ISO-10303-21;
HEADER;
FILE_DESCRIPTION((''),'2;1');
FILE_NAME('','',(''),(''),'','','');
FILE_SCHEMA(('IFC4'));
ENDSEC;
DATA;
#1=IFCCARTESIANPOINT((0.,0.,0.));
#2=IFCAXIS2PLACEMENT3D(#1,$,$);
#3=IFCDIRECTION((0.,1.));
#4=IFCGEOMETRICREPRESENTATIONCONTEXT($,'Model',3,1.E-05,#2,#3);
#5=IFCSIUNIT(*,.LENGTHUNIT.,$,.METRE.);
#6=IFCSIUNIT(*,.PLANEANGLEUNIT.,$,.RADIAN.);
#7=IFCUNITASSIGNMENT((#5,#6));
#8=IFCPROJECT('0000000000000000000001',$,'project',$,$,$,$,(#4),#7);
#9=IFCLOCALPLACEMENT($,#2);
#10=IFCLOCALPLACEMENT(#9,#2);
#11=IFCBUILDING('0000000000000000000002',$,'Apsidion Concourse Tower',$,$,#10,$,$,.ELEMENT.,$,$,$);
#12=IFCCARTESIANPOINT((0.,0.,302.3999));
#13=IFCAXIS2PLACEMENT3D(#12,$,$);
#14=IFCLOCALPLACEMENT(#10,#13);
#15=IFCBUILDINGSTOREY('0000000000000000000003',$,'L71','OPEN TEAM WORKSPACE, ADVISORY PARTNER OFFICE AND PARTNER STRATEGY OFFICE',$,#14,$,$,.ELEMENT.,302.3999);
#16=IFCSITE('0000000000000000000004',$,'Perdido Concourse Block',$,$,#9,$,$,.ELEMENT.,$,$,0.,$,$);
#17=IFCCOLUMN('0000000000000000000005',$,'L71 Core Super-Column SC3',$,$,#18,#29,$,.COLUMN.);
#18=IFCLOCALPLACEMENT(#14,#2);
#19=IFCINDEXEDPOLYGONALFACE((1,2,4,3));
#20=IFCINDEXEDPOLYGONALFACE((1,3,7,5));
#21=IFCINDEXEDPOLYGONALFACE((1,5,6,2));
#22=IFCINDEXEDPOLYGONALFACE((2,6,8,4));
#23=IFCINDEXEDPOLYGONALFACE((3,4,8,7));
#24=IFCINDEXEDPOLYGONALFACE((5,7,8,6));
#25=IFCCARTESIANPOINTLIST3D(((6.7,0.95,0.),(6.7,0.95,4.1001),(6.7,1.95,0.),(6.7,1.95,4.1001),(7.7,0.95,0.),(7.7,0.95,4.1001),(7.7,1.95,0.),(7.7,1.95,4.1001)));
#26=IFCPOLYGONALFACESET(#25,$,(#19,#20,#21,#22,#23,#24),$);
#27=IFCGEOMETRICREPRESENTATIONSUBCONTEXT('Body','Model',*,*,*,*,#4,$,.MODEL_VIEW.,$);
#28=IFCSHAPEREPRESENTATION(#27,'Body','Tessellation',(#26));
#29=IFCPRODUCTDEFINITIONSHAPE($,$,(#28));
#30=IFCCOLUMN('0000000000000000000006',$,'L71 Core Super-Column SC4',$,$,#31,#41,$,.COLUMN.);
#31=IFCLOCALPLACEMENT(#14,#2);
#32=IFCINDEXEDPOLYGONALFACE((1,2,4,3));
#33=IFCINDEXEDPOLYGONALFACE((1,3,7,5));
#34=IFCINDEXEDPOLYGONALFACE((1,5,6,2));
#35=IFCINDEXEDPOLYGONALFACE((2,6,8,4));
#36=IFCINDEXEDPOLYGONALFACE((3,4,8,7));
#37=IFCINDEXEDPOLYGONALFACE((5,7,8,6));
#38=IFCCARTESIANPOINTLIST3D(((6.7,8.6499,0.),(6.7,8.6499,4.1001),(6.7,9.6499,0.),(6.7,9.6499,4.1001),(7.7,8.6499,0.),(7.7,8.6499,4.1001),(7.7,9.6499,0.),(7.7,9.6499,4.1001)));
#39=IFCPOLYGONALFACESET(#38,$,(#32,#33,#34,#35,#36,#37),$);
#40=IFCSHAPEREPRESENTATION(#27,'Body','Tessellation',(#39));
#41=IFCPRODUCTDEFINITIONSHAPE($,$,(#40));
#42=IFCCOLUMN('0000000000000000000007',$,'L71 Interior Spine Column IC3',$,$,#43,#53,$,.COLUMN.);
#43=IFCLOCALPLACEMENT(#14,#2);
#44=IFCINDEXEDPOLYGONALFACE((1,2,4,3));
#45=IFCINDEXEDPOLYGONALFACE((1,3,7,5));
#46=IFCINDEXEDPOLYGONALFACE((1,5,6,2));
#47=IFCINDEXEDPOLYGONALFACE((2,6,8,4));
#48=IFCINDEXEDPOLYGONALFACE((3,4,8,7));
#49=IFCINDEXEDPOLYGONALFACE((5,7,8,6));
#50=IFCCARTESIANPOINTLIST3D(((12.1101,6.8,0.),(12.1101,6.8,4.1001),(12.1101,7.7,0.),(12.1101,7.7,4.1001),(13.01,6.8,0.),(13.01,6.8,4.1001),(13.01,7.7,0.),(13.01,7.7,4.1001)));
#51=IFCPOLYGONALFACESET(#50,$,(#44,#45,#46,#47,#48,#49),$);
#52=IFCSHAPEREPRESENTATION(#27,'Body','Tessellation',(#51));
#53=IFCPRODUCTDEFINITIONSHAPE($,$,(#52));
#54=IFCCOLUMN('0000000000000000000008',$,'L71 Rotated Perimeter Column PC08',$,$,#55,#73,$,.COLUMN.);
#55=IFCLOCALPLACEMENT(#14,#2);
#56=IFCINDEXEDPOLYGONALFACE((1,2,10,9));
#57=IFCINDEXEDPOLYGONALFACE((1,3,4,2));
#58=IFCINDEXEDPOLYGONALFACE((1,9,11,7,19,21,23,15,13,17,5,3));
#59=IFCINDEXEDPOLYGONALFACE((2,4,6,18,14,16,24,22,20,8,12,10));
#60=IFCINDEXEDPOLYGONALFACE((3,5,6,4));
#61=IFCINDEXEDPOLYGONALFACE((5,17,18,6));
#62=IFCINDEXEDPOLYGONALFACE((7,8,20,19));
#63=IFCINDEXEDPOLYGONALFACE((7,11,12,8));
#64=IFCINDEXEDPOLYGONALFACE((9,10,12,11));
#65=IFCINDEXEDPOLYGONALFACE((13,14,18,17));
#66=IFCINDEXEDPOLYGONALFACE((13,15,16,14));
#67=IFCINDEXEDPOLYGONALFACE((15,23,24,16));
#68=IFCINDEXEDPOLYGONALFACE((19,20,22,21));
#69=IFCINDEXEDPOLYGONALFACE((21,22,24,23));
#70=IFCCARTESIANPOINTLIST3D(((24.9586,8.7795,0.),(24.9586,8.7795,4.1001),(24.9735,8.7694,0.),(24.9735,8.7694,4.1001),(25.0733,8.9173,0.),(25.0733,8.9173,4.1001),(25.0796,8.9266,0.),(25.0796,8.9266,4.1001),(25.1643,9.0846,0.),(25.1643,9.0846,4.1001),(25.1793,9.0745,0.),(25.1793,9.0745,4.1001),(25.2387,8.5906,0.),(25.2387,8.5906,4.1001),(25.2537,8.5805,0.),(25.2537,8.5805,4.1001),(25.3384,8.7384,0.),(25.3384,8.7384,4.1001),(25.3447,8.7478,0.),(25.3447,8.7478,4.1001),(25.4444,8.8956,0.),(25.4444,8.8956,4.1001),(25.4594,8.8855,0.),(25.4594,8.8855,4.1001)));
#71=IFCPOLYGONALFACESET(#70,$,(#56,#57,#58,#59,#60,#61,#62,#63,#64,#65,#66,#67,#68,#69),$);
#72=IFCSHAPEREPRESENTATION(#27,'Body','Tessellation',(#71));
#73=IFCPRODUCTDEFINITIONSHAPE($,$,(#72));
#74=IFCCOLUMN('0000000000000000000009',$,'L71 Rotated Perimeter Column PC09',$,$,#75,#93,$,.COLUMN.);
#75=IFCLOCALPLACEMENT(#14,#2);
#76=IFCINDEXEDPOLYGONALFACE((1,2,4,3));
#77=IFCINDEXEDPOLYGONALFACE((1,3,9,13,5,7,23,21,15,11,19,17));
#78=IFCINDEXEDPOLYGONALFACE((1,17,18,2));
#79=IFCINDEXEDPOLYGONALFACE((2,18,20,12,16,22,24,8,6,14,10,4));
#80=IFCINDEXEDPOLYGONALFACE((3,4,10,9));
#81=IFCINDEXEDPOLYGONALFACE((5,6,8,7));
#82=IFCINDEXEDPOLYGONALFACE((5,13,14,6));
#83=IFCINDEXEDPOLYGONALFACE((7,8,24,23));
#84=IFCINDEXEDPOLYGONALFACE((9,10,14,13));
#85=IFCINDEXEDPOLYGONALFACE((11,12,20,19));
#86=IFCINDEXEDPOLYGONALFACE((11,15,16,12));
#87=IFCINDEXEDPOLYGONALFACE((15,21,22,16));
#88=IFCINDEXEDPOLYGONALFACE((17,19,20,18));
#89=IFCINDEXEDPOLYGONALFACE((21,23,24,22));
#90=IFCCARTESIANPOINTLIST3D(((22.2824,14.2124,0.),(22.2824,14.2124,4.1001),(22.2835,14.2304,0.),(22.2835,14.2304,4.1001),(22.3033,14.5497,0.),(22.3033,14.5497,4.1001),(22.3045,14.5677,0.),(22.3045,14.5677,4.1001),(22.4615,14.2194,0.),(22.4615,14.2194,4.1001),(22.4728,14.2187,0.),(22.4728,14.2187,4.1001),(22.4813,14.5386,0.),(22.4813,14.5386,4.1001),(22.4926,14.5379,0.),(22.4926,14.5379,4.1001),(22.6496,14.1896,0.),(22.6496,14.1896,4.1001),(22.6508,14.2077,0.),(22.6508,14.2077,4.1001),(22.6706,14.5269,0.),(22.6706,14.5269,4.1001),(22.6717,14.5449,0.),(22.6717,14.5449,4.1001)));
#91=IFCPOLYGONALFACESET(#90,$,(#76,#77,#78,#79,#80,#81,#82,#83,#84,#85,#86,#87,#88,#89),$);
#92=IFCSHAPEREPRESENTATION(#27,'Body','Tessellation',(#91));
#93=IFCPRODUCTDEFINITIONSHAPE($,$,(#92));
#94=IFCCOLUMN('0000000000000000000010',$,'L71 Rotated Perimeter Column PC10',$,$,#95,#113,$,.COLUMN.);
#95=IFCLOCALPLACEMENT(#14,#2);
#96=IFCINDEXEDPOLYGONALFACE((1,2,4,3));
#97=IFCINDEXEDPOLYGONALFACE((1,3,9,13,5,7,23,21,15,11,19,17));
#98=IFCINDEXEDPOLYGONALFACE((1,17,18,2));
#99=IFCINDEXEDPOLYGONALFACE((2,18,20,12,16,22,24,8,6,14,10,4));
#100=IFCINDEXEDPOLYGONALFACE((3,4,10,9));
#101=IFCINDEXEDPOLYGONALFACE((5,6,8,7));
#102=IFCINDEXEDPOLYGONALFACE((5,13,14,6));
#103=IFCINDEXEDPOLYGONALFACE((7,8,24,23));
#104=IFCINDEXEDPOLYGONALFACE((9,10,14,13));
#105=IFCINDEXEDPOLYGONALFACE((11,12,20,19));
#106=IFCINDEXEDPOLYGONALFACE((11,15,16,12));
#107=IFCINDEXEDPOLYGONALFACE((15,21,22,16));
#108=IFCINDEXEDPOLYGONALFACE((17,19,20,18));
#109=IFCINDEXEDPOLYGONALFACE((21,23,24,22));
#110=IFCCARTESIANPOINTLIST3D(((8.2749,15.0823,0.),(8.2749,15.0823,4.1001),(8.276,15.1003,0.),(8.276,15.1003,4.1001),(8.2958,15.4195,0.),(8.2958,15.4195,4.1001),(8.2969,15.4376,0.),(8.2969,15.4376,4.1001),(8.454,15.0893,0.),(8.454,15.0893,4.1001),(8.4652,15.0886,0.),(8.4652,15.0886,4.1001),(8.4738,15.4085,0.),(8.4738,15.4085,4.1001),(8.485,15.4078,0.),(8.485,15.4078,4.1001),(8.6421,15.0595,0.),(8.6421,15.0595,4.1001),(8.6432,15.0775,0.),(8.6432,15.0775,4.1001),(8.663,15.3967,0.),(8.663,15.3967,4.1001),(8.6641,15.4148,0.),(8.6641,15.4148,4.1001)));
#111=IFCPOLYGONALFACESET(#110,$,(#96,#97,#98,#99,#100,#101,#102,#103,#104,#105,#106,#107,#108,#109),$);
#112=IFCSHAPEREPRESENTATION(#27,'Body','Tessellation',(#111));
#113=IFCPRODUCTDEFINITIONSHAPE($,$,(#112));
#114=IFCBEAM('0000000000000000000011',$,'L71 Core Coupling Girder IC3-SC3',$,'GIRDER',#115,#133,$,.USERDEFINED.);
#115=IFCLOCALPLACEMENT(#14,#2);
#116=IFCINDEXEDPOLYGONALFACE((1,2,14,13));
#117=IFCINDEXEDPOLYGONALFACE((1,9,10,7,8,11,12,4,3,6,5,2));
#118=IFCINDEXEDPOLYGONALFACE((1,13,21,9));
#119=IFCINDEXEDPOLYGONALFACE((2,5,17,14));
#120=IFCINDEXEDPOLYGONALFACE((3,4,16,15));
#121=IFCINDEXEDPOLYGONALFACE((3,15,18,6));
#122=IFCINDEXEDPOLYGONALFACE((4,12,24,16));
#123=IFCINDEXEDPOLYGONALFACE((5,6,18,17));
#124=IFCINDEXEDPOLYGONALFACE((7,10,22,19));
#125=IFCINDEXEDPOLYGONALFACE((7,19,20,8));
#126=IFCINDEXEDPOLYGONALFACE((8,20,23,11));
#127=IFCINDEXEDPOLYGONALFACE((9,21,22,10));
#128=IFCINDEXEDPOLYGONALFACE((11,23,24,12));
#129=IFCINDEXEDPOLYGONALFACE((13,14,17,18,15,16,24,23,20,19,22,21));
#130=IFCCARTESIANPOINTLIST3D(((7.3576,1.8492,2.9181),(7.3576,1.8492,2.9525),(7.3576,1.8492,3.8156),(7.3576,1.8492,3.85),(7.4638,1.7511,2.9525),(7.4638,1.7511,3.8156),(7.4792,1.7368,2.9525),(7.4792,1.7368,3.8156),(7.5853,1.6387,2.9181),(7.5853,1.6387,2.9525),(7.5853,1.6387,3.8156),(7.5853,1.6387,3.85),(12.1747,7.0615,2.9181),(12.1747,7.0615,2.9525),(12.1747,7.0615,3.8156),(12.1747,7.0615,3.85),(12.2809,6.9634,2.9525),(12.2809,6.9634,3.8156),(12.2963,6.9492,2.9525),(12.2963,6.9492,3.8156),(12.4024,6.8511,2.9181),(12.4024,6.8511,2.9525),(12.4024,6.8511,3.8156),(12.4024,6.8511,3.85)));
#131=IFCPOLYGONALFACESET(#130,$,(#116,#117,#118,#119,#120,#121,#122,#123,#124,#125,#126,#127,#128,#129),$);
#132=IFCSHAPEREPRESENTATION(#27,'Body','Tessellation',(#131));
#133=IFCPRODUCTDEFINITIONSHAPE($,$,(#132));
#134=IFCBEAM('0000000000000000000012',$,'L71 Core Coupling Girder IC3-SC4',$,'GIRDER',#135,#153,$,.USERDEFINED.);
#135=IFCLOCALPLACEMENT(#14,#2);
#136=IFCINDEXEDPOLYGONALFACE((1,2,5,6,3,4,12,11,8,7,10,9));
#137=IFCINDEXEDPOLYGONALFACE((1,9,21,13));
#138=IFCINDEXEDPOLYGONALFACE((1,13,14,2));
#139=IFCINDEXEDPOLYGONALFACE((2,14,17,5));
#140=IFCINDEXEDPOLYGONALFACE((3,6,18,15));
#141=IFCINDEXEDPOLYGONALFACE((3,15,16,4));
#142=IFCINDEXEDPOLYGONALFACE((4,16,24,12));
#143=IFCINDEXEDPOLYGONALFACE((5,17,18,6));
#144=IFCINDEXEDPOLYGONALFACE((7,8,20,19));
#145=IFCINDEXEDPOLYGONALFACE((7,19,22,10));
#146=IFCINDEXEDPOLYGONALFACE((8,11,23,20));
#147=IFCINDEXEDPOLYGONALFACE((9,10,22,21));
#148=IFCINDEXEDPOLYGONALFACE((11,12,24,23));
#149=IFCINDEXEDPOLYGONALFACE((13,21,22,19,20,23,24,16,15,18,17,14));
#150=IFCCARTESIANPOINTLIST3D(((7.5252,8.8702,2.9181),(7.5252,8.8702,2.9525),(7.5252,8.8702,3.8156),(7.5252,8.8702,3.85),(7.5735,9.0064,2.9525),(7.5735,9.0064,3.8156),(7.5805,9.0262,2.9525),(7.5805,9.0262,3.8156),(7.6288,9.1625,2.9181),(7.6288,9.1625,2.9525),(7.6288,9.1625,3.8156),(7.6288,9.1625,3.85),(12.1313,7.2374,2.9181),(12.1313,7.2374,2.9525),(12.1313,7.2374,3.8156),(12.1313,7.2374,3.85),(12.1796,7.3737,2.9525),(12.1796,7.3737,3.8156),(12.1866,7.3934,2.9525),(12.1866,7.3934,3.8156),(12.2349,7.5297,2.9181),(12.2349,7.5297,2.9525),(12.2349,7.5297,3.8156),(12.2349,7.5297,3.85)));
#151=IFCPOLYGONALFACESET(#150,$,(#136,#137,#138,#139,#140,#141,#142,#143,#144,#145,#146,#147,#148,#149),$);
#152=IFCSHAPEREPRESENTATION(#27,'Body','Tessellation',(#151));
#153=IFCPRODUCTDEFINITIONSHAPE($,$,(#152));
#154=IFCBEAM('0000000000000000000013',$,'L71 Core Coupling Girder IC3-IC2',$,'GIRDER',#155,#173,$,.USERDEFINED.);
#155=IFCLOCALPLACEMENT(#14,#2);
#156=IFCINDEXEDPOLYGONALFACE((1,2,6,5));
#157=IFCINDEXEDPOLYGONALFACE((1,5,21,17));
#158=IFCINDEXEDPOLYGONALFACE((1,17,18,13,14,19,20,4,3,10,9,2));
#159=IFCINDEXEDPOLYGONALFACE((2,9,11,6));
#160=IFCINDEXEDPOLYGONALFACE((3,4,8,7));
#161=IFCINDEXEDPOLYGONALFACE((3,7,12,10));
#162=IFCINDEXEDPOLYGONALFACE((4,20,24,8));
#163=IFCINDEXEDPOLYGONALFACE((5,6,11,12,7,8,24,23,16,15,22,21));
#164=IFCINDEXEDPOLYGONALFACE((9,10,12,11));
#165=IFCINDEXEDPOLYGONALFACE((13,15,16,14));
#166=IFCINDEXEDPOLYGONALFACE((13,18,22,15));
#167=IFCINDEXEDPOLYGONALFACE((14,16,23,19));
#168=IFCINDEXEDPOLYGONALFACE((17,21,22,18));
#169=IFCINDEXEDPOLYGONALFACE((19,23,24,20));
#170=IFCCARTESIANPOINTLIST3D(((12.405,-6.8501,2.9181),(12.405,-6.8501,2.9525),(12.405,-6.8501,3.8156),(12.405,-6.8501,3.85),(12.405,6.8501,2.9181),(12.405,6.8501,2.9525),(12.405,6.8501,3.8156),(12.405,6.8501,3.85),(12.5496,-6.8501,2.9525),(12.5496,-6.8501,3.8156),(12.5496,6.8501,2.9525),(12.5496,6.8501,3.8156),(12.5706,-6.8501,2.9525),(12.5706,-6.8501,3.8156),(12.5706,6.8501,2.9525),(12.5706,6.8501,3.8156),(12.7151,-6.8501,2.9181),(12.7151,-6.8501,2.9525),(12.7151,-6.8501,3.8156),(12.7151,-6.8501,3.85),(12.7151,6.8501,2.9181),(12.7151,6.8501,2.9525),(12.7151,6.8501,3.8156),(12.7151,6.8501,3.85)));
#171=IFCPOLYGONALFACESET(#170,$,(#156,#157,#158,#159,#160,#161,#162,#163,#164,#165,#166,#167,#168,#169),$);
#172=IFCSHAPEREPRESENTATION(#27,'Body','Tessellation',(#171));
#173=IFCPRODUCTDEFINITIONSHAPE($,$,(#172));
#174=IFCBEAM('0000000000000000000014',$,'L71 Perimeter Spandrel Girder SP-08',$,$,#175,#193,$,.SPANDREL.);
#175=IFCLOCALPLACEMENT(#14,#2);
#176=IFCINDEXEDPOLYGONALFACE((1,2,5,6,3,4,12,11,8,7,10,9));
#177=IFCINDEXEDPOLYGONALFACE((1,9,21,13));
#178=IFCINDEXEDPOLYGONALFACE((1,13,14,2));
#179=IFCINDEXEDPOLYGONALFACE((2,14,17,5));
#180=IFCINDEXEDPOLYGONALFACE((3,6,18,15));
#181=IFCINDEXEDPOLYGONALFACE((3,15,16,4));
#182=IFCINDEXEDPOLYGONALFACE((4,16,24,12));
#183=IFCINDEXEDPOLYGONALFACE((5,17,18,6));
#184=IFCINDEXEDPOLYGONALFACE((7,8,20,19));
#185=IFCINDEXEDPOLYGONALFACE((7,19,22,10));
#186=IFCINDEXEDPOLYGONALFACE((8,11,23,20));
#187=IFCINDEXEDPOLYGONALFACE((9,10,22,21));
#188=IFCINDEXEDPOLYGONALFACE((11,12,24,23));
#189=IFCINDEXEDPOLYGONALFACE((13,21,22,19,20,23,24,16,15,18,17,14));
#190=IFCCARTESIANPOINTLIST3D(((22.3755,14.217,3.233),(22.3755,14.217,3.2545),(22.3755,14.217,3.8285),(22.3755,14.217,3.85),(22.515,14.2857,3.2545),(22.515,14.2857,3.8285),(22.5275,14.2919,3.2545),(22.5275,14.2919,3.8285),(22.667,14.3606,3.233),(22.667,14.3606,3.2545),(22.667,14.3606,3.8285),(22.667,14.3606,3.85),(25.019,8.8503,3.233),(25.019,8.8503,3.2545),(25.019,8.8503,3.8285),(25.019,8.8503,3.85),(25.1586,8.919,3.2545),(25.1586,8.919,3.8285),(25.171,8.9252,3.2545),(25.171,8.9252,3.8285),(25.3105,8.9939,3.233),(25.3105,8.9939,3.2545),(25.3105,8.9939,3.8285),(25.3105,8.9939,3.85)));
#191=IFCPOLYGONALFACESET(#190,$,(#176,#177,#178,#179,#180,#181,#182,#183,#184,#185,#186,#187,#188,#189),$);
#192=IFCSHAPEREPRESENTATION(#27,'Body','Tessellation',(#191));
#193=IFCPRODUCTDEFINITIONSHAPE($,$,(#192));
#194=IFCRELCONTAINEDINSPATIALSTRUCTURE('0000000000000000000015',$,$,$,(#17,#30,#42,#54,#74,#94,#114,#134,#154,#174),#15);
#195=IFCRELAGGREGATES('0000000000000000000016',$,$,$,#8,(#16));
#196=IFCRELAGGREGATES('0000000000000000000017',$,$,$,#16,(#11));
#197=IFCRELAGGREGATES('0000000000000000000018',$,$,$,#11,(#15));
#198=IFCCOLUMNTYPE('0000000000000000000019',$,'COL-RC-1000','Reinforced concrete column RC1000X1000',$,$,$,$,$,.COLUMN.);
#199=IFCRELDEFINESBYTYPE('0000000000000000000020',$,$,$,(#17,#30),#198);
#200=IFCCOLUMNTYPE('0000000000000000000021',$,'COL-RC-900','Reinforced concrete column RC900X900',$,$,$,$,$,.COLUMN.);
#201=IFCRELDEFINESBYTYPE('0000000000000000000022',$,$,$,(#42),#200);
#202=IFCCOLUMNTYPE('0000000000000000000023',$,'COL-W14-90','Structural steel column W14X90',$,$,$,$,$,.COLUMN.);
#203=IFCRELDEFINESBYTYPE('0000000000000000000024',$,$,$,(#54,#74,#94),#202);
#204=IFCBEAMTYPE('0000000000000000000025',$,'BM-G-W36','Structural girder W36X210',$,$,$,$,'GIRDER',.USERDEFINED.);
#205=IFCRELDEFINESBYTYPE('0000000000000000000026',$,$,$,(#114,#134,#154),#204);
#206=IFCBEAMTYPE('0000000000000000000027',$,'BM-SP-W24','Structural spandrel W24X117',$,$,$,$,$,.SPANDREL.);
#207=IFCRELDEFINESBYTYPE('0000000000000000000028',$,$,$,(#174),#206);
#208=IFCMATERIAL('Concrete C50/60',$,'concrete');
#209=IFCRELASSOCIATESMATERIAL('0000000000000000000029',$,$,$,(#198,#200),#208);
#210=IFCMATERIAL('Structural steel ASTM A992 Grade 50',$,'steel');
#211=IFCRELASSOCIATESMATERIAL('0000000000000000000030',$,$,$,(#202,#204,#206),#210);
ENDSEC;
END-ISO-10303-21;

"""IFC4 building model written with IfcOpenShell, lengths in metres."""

from ifc_helpers import new_model, si_unit, direction, frame, origin, origin_2d, place, context, subcontext, project, spatial, rectangle, i_section, extrude, material, material_profile, profile_set, type_object, element, save


model = new_model("IFC4")

# Units and contexts
model_context = context("Model", 3, precision=1e-05, world=origin(), true_north=direction((0.0, 1.0)))
body_context = subcontext(model_context, "Body", "Model", "MODEL_VIEW")
ifc_project = project(units=[si_unit("LENGTHUNIT", "METRE"), si_unit("PLANEANGLEUNIT", "RADIAN")], contexts=[model_context])

# Site, building, storey
site_placement = place(None, origin())
site = spatial("IfcSite", under=ifc_project, at=site_placement, Name="Perdido Concourse Block", CompositionType="ELEMENT", RefElevation=0.0)
building_placement = place(site_placement, origin())
building = spatial("IfcBuilding", under=site, at=building_placement, Name="Apsidion Concourse Tower", CompositionType="ELEMENT")
storey_placement = place(building_placement, frame((0.0, 0.0, 302.3999)))
storey = spatial("IfcBuildingStorey", under=building, at=storey_placement, Name="L71", Description="OPEN TEAM WORKSPACE, ADVISORY PARTNER OFFICE AND PARTNER STRATEGY OFFICE", CompositionType="ELEMENT", Elevation=302.3999)

# Columns
ifc_material_1 = material(Name="Concrete C50/60", Category="concrete")
ifc_material_profile_1 = material_profile(ifc_material_1, rectangle(XDim=1.0, YDim=1.0, at=origin_2d()), Name="RC 1000x1000")
ifc_profile_set_1 = profile_set([ifc_material_profile_1], Name="Concrete C50/60")
column_type_1 = type_object("IfcColumnType", Name="COL-RC-1000", Description="Reinforced concrete column RC1000X1000", PredefinedType="COLUMN", material=ifc_profile_set_1)
for number, where, z_axis, x_axis, name in (
    (1, (7.2, 1.45, 0.0), (0.0, 0.0, 1.0), (1.0, 0.0, 0.0), "L71 Core Super-Column SC3"),
    (2, (7.2, 9.1499, 0.0), (0.0, 0.0, 1.0), (1.0, 0.0, 0.0), "L71 Core Super-Column SC4"),
):
    element("IfcColumn", number, at=place(storey_placement, frame(where, z_axis=z_axis, x_axis=x_axis)), inside=storey, type_object=column_type_1, Name=name, PredefinedType="COLUMN", context=body_context, shape_type="SweptSolid", body=[
        extrude(rectangle(XDim=1.0, YDim=1.0, at=origin_2d()), origin(), (0.0, 0.0, 1.0), 4.1001),
    ])
ifc_material_profile_2 = material_profile(ifc_material_1, rectangle(XDim=0.8999, YDim=0.8999, at=origin_2d()), Name="RC 900x900")
ifc_profile_set_2 = profile_set([ifc_material_profile_2], Name="Concrete C50/60")
column_type_2 = type_object("IfcColumnType", Name="COL-RC-900", Description="Reinforced concrete column RC900X900", PredefinedType="COLUMN", material=ifc_profile_set_2)
column_placement = place(storey_placement, frame((12.5601, 7.25, 0.0), z_axis=(0.0, 0.0, 1.0), x_axis=(1.0, 0.0, 0.0)))
element("IfcColumn", 3, at=column_placement, inside=storey, type_object=column_type_2, Name="L71 Interior Spine Column IC3", PredefinedType="COLUMN", context=body_context, shape_type="SweptSolid", body=[
    extrude(rectangle(XDim=0.8999, YDim=0.8999, at=origin_2d()), origin(), (0.0, 0.0, 1.0), 4.1001),
])
ifc_material_2 = material(Name="Structural steel ASTM A992 Grade 50", Category="steel")
ifc_material_profile_3 = material_profile(ifc_material_2, i_section(OverallWidth=0.3679, OverallDepth=0.356, WebThickness=0.0112, FlangeThickness=0.0181, at=origin_2d()), Name="W14X90")
ifc_profile_set_3 = profile_set([ifc_material_profile_3], Name="Structural steel ASTM A992 Grade 50")
column_type_3 = type_object("IfcColumnType", Name="COL-W14-90", Description="Structural steel column W14X90", PredefinedType="COLUMN", material=ifc_profile_set_3)
for number, where, z_axis, x_axis, name in (
    (4, (25.209, 8.8325, 0.0), (0.0, 0.0, 1.0), (0.559193, 0.829038, 0.0), "L71 Rotated Perimeter Column PC08"),
    (5, (22.4771, 14.3787, 0.0), (0.0, 0.0, 1.0), (-0.998081, 0.06192, 0.0), "L71 Rotated Perimeter Column PC09"),
    (6, (8.4695, 15.2485, 0.0), (0.0, 0.0, 1.0), (-0.998081, 0.06192, 0.0), "L71 Rotated Perimeter Column PC10"),
):
    element("IfcColumn", number, at=place(storey_placement, frame(where, z_axis=z_axis, x_axis=x_axis)), inside=storey, type_object=column_type_3, Name=name, PredefinedType="COLUMN", context=body_context, shape_type="SweptSolid", body=[
        extrude(i_section(OverallWidth=0.3679, OverallDepth=0.356, WebThickness=0.0112, FlangeThickness=0.0181, at=origin_2d()), origin(), (0.0, 0.0, 1.0), 4.1001),
    ])

# Beams
ifc_material_profile_4 = material_profile(ifc_material_2, i_section(OverallWidth=0.3101, OverallDepth=0.9319, WebThickness=0.021, FlangeThickness=0.0344, at=origin_2d()), Name="W36X210")
ifc_profile_set_4 = profile_set([ifc_material_profile_4], Name="Structural steel ASTM A992 Grade 50")
beam_type_1 = type_object("IfcBeamType", Name="BM-G-W36", Description="Structural girder W36X210", ElementType="GIRDER", PredefinedType="USERDEFINED", material=ifc_profile_set_4)
beam_1_placement = place(storey_placement, frame((12.2886, 6.9563, 3.384), z_axis=(-0.678713, -0.734404, 0.0), x_axis=(0.734404, -0.678713, 0.0)))
element("IfcBeam", 7, at=beam_1_placement, inside=storey, type_object=beam_type_1, Name="L71 Core Coupling Girder IC3-SC3", ObjectType="GIRDER", PredefinedType="USERDEFINED", context=body_context, shape_type="SweptSolid", body=[
    extrude(i_section(OverallWidth=0.3101, OverallDepth=0.9319, WebThickness=0.021, FlangeThickness=0.0344, at=origin_2d()), origin(), (0.0, 0.0, 1.0), 7.0974),
])
beam_2_placement = place(storey_placement, frame((12.1831, 7.3835, 3.384), z_axis=(-0.942534, 0.334111, 0.0), x_axis=(-0.334111, -0.942534, 0.0)))
element("IfcBeam", 8, at=beam_2_placement, inside=storey, type_object=beam_type_1, Name="L71 Core Coupling Girder IC3-SC4", ObjectType="GIRDER", PredefinedType="USERDEFINED", context=body_context, shape_type="SweptSolid", body=[
    extrude(i_section(OverallWidth=0.3101, OverallDepth=0.9319, WebThickness=0.021, FlangeThickness=0.0344, at=origin_2d()), origin(), (0.0, 0.0, 1.0), 4.887),
])
beam_3_placement = place(storey_placement, frame((12.5601, 6.8501, 3.384), z_axis=(0.0, -1.0, 0.0), x_axis=(1.0, 0.0, 0.0)))
element("IfcBeam", 9, at=beam_3_placement, inside=storey, type_object=beam_type_1, Name="L71 Core Coupling Girder IC3-IC2", ObjectType="GIRDER", PredefinedType="USERDEFINED", context=body_context, shape_type="SweptSolid", body=[
    extrude(i_section(OverallWidth=0.3101, OverallDepth=0.9319, WebThickness=0.021, FlangeThickness=0.0344, at=origin_2d()), origin(), (0.0, 0.0, 1.0), 13.7002),
])
ifc_material_profile_5 = material_profile(ifc_material_2, i_section(OverallWidth=0.325, OverallDepth=0.6169, WebThickness=0.0139, FlangeThickness=0.0215, at=origin_2d()), Name="W24X117")
ifc_profile_set_5 = profile_set([ifc_material_profile_5], Name="Structural steel ASTM A992 Grade 50")
beam_type_2 = type_object("IfcBeamType", Name="BM-SP-W24", Description="Structural spandrel W24X117", PredefinedType="SPANDREL", material=ifc_profile_set_5)
beam_4_placement = place(storey_placement, frame((25.1648, 8.9221, 3.5415), z_axis=(-0.441884, 0.897072, 0.0), x_axis=(-0.897072, -0.441884, 0.0)))
element("IfcBeam", 10, at=beam_4_placement, inside=storey, type_object=beam_type_2, Name="L71 Perimeter Spandrel Girder SP-08", PredefinedType="SPANDREL", context=body_context, shape_type="SweptSolid", body=[
    extrude(i_section(OverallWidth=0.325, OverallDepth=0.6169, WebThickness=0.0139, FlangeThickness=0.0215, at=origin_2d()), origin(), (0.0, 0.0, 1.0), 5.9824),
])

save(model, "model.ifc")
